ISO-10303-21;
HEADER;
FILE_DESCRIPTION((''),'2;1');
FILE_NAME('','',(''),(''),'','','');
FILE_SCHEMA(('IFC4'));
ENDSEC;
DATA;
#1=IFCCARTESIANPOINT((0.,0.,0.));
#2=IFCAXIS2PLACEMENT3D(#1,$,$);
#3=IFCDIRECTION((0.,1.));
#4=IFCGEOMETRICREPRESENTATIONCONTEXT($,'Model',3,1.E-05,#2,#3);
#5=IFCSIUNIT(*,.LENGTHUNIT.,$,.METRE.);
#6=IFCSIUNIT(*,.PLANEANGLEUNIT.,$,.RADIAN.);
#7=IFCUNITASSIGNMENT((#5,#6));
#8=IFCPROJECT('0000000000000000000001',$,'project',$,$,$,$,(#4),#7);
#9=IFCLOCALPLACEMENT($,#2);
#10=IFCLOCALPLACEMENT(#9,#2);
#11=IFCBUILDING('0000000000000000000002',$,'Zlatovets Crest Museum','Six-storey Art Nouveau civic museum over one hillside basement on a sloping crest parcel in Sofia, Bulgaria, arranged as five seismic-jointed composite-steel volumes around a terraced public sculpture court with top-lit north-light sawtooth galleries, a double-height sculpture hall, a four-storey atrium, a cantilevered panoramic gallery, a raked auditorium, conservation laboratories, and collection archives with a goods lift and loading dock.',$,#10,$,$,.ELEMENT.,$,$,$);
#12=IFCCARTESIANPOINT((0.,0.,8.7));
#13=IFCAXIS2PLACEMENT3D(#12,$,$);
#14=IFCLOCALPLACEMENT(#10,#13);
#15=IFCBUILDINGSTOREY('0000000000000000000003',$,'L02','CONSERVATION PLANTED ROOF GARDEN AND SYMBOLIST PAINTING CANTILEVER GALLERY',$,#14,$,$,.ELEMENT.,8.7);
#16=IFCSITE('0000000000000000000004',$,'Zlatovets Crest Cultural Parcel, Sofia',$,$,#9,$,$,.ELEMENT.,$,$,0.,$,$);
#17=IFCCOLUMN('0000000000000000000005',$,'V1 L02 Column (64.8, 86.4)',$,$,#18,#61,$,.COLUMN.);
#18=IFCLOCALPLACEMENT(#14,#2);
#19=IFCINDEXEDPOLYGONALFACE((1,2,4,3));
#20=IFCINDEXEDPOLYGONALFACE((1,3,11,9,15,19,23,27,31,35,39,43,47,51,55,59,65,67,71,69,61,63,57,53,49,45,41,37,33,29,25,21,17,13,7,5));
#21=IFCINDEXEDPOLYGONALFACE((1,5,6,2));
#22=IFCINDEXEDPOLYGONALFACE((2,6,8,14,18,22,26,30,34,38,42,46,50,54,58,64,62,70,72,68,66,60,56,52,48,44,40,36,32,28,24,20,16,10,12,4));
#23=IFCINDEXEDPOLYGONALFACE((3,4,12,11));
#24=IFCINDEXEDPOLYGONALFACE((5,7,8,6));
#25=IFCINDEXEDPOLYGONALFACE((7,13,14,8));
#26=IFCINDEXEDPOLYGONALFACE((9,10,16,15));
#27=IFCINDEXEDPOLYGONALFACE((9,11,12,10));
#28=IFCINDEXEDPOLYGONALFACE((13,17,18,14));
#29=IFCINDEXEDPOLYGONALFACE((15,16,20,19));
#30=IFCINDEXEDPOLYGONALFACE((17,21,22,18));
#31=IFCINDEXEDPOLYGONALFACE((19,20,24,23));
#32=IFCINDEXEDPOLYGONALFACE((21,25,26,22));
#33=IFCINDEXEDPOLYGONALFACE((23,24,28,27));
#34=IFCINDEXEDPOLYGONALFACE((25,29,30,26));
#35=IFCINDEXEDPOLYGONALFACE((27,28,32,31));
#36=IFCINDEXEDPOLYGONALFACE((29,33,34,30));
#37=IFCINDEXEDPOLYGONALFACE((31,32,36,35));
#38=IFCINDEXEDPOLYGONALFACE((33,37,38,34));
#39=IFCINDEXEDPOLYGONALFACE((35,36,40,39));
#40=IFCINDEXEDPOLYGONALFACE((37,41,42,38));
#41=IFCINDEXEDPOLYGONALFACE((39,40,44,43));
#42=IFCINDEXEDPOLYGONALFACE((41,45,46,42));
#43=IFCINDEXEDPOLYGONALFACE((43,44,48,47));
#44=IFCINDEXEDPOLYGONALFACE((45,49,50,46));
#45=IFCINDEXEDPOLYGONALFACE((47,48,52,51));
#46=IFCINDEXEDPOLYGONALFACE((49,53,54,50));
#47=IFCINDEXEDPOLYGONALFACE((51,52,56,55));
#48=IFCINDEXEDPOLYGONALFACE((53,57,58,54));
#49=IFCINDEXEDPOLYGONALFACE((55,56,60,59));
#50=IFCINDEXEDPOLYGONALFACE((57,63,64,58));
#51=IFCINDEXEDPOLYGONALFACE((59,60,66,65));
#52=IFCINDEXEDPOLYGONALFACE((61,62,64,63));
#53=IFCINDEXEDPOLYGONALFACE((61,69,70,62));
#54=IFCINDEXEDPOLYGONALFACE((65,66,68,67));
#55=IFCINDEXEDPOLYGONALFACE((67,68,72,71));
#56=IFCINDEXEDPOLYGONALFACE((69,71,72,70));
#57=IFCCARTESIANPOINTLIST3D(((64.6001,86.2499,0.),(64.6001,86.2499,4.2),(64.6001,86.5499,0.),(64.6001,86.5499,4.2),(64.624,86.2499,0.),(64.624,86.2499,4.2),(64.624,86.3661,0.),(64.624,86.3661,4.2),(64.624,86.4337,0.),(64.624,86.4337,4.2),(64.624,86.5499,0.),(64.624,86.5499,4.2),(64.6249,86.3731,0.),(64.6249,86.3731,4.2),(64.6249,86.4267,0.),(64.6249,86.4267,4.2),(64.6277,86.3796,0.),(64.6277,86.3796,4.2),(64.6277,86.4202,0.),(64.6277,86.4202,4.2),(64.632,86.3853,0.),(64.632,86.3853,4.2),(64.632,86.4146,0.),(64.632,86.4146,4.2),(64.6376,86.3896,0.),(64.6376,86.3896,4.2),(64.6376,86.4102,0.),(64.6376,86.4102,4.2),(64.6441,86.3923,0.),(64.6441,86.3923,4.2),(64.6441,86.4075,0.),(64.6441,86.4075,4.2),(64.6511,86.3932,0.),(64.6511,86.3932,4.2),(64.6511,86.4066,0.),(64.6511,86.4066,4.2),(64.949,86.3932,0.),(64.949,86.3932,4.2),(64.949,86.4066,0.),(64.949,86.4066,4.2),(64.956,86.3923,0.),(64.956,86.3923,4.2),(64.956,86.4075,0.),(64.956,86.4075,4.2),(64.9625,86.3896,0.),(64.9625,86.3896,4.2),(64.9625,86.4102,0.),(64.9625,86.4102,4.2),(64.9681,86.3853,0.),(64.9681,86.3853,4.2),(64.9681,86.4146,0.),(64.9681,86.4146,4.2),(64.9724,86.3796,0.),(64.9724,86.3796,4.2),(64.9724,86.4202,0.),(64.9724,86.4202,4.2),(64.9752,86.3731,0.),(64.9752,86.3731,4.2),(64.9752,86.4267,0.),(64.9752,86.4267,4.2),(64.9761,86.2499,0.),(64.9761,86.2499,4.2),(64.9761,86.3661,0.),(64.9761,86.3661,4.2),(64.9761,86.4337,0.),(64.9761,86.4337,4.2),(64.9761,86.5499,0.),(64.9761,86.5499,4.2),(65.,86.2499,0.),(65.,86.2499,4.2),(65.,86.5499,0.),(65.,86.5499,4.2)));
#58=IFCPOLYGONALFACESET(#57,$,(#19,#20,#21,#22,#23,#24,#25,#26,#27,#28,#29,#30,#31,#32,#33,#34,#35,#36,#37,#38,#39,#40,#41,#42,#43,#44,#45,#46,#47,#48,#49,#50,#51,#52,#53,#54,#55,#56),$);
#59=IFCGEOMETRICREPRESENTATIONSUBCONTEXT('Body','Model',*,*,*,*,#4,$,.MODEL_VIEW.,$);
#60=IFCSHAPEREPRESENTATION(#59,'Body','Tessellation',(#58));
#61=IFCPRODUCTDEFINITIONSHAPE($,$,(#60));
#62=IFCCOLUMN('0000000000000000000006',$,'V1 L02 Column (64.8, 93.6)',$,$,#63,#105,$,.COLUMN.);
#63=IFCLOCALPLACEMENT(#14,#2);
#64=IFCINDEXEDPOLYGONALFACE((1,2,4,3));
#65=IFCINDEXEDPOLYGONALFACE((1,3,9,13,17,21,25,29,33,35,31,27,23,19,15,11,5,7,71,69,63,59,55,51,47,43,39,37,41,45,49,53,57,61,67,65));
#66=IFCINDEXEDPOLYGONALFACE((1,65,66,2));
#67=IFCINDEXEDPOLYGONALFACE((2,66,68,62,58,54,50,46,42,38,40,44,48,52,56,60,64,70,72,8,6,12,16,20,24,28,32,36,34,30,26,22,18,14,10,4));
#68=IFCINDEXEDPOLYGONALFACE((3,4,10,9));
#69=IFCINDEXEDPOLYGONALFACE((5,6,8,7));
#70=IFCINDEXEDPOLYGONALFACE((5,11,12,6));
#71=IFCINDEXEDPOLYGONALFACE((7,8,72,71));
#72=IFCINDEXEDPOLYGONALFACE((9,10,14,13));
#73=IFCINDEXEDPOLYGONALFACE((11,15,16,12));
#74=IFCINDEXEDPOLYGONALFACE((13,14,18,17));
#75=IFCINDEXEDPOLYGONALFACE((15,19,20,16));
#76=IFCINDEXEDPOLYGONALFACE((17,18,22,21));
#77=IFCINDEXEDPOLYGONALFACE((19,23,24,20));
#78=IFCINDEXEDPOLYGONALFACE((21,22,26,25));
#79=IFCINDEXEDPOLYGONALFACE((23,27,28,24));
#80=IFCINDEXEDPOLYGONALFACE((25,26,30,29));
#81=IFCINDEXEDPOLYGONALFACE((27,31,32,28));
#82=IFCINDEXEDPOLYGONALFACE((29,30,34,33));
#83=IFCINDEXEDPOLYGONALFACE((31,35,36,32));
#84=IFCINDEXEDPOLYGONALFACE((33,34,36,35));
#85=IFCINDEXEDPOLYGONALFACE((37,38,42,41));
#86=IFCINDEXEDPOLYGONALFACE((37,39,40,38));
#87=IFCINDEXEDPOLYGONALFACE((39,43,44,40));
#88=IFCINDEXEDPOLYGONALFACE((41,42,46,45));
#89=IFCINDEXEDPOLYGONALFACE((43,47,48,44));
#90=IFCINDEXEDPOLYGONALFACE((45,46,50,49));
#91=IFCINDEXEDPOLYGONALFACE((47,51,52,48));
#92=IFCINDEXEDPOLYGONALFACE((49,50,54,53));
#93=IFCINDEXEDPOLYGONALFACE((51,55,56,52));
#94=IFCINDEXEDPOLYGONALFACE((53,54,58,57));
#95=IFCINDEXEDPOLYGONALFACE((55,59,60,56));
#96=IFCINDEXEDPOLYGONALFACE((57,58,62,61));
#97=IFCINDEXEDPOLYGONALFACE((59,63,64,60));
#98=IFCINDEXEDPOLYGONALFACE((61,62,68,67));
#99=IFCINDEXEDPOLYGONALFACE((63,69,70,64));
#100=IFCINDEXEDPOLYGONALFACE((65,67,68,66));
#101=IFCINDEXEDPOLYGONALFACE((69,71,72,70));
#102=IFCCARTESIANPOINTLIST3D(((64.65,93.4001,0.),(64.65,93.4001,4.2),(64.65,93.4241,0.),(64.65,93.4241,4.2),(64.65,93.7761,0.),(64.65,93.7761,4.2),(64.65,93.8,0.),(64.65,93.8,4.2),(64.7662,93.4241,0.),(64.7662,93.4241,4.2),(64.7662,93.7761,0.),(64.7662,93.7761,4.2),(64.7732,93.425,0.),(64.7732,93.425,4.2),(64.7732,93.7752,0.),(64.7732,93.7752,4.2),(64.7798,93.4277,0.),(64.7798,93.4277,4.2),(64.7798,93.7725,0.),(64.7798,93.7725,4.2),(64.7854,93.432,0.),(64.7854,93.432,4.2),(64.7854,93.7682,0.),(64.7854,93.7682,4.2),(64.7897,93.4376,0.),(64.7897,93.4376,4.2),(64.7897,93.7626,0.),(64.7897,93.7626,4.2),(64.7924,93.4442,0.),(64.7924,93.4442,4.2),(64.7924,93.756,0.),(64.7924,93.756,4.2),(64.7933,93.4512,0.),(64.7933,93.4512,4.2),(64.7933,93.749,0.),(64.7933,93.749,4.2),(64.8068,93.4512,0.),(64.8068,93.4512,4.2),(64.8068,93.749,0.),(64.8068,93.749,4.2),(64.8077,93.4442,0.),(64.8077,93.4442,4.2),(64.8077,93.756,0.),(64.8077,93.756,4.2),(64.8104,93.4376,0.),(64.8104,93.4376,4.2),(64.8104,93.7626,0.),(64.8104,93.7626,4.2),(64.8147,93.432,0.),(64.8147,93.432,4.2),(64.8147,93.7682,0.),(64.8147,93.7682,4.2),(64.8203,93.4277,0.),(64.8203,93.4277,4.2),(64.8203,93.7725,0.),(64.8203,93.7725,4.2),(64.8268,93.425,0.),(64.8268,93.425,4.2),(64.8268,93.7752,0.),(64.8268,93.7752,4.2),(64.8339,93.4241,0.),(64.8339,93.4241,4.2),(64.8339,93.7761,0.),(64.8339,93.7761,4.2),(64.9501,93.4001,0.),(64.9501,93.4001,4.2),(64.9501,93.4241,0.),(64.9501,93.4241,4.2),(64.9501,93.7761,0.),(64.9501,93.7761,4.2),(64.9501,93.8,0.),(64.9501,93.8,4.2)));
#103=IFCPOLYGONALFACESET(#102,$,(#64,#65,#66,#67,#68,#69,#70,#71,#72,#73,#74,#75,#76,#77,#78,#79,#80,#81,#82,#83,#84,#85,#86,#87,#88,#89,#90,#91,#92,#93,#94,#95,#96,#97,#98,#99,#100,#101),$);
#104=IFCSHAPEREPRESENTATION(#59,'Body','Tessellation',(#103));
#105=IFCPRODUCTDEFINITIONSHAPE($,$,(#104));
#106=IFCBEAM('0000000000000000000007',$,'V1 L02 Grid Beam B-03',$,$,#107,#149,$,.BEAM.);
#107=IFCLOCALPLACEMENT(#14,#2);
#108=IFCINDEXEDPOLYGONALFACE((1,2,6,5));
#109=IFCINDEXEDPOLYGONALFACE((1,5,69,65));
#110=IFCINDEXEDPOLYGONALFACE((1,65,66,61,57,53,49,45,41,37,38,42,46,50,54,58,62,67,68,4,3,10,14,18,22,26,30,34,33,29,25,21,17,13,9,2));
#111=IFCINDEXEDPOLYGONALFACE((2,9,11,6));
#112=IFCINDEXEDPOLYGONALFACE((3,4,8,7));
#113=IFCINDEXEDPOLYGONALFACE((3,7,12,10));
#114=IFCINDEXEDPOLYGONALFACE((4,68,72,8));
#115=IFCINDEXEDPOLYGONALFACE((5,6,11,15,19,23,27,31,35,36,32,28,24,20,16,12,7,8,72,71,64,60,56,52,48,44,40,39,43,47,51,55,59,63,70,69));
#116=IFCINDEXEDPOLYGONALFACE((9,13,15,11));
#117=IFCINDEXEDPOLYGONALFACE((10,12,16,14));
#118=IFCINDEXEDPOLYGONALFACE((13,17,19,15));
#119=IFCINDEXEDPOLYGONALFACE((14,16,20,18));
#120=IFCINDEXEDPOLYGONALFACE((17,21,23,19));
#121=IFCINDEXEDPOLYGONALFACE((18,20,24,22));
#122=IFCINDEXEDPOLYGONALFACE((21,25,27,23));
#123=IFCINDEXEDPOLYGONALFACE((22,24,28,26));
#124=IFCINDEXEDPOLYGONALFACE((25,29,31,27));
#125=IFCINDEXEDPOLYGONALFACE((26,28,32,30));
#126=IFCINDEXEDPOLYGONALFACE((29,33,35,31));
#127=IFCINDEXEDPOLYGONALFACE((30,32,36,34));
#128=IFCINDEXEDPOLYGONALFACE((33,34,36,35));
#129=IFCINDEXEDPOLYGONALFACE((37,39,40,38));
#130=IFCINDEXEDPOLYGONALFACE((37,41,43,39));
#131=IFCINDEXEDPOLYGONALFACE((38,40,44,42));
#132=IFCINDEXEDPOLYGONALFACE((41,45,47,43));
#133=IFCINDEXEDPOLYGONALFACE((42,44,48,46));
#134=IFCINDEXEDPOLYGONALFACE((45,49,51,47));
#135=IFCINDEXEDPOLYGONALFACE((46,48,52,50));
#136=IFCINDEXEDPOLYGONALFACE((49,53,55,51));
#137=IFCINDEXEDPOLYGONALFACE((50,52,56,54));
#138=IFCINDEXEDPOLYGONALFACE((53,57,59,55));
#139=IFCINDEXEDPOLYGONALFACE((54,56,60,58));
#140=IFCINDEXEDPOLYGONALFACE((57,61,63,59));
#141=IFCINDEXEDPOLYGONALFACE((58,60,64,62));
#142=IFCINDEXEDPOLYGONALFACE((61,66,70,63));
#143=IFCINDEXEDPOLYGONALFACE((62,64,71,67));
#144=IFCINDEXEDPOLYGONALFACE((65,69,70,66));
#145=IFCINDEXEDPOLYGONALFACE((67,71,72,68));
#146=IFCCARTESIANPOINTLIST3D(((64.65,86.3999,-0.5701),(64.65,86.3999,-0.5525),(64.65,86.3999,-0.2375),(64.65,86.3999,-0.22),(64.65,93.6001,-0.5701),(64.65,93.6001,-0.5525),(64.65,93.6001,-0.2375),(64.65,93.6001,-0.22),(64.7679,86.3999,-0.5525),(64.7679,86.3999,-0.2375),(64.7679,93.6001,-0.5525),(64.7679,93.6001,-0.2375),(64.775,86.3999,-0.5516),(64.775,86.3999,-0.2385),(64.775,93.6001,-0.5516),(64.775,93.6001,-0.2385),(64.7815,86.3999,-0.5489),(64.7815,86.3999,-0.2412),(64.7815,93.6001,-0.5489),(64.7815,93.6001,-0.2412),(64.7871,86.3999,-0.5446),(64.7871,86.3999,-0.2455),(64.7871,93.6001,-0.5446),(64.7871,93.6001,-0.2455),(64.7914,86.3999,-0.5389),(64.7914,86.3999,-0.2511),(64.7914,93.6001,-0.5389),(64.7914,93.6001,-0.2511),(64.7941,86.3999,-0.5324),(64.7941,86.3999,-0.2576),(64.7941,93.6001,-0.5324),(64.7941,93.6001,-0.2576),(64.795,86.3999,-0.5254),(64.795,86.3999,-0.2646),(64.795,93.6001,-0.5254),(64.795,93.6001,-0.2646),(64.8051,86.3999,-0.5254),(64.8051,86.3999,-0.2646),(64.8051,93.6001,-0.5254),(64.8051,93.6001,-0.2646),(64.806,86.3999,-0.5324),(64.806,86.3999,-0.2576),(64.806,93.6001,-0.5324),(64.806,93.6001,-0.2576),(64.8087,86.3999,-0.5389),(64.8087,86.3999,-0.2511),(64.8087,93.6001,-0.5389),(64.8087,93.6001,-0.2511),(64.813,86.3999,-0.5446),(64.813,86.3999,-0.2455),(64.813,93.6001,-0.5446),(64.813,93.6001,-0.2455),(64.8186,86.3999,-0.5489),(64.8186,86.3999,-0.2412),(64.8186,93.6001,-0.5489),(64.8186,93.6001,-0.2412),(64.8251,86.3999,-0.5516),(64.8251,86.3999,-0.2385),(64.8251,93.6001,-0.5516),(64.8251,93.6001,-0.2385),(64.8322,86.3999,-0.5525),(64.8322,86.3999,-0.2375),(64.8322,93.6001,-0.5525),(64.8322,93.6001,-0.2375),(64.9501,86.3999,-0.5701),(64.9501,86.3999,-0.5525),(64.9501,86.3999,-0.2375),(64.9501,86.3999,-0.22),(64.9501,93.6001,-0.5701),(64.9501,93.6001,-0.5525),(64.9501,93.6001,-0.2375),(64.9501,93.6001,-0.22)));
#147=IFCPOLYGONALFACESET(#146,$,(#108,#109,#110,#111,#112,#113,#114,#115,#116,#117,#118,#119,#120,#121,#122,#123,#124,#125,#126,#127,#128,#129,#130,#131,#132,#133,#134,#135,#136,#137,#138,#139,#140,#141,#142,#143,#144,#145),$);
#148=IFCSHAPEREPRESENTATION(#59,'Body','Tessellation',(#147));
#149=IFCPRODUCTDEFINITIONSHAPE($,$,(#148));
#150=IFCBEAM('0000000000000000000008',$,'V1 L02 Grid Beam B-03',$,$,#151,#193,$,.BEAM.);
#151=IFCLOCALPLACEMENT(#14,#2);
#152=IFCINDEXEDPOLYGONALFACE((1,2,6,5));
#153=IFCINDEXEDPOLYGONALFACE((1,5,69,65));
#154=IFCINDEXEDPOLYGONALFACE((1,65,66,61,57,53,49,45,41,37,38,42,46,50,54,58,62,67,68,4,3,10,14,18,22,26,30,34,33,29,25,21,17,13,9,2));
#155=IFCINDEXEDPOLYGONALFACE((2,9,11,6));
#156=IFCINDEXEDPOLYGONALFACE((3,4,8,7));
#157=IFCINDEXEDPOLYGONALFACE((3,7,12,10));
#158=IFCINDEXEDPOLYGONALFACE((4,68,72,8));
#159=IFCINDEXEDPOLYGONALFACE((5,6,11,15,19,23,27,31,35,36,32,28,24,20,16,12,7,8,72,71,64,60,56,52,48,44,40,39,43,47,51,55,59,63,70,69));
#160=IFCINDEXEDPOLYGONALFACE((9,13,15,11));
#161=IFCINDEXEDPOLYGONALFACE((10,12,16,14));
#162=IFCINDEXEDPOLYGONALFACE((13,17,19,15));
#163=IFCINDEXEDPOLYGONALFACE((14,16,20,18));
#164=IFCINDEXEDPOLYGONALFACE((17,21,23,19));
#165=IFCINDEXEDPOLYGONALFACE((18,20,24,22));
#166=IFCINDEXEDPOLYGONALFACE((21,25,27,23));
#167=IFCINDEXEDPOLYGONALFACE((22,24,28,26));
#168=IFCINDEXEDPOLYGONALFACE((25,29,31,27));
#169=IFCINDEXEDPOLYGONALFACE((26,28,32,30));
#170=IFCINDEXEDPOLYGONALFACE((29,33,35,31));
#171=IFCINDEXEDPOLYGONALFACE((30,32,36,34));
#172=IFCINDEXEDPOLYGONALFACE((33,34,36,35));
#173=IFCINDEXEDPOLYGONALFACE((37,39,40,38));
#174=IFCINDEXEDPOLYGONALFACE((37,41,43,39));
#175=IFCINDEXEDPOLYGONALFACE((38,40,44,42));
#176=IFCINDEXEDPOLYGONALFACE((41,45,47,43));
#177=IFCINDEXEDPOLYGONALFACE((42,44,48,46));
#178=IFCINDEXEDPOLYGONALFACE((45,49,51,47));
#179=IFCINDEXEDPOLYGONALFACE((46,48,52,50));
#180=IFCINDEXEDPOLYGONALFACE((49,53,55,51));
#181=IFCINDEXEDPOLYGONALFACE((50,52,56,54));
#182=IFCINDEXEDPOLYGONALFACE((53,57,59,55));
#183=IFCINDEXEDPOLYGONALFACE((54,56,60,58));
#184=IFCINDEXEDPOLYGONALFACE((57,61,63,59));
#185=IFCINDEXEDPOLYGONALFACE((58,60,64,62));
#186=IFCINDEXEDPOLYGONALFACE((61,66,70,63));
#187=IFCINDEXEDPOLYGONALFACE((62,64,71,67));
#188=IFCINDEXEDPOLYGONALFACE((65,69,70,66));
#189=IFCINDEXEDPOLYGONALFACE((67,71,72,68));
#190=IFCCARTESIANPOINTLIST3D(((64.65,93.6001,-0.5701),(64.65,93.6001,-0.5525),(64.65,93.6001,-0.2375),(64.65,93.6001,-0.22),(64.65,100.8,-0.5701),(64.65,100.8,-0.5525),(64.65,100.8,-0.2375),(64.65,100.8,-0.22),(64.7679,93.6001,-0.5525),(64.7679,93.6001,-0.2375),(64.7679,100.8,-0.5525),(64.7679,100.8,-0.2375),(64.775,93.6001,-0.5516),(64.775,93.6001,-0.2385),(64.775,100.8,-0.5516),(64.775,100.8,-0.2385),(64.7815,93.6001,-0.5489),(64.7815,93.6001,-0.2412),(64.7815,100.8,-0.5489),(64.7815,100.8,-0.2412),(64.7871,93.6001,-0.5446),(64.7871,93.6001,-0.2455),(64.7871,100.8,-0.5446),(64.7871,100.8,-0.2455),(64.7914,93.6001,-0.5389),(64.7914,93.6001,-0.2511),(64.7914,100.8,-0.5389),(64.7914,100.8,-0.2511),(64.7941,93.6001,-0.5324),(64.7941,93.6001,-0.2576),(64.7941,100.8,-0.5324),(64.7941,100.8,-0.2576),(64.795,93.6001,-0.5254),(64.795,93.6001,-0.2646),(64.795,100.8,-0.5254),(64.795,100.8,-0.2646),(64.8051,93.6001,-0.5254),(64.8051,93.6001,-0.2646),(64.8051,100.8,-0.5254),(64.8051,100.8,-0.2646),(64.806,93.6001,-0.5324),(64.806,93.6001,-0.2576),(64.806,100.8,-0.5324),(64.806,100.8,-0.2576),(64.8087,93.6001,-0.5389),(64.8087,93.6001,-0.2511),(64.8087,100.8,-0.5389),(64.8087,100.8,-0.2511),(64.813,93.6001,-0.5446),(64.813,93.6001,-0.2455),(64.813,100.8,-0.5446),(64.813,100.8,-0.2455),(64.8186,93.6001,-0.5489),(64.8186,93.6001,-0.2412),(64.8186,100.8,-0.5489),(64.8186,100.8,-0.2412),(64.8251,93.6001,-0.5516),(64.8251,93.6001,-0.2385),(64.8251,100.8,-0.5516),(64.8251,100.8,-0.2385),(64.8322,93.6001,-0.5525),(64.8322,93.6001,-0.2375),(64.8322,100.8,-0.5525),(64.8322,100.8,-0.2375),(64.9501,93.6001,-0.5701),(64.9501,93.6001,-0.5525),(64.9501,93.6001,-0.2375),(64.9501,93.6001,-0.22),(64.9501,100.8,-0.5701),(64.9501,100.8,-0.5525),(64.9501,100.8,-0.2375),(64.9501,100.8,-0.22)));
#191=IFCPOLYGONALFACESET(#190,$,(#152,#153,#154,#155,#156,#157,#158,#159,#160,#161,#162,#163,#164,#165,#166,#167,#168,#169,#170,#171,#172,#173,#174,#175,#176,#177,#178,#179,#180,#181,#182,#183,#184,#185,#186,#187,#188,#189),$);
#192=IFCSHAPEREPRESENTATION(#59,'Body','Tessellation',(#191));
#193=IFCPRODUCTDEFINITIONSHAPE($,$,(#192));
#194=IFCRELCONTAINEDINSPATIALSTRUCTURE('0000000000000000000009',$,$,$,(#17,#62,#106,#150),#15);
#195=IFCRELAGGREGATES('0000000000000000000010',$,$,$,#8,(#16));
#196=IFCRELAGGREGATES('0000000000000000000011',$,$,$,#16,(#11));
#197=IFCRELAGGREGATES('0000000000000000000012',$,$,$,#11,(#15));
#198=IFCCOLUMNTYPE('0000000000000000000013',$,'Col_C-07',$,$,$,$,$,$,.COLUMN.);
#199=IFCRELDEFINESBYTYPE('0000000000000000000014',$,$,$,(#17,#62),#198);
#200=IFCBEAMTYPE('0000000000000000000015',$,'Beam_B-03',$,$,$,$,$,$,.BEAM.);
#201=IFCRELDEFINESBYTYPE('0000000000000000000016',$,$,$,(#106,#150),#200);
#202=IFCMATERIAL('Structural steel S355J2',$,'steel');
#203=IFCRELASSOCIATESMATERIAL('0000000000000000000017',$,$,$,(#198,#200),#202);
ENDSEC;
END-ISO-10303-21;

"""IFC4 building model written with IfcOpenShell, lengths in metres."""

from ifc_helpers import new_model, si_unit, direction, frame, origin, origin_2d, place, context, subcontext, project, spatial, i_section, extrude, material, material_profile, profile_set, type_object, element, save


model = new_model("IFC4")

# Units and contexts
model_context = context("Model", 3, precision=1e-05, world=origin(), true_north=direction((0.0, 1.0)))
body_context = subcontext(model_context, "Body", "Model", "MODEL_VIEW")
ifc_project = project(units=[si_unit("LENGTHUNIT", "METRE"), si_unit("PLANEANGLEUNIT", "RADIAN")], contexts=[model_context])

# Site, building, storey
site_placement = place(None, origin())
site = spatial("IfcSite", under=ifc_project, at=site_placement, Name="Zlatovets Crest Cultural Parcel, Sofia", CompositionType="ELEMENT", RefElevation=0.0)
building_placement = place(site_placement, origin())
building = spatial("IfcBuilding", under=site, at=building_placement, Name="Zlatovets Crest Museum", Description="Six-storey Art Nouveau civic museum over one hillside basement on a sloping crest parcel in Sofia, Bulgaria, arranged as five seismic-jointed composite-steel volumes around a terraced public sculpture court with top-lit north-light sawtooth galleries, a double-height sculpture hall, a four-storey atrium, a cantilevered panoramic gallery, a raked auditorium, conservation laboratories, and collection archives with a goods lift and loading dock.", CompositionType="ELEMENT")
storey_placement = place(building_placement, frame((0.0, 0.0, 8.7)))
storey = spatial("IfcBuildingStorey", under=building, at=storey_placement, Name="L02", Description="CONSERVATION PLANTED ROOF GARDEN AND SYMBOLIST PAINTING CANTILEVER GALLERY", CompositionType="ELEMENT", Elevation=8.7)

# Columns
ifc_material_1 = material(Name="Structural steel S355J2", Category="steel")
ifc_material_profile_1 = material_profile(ifc_material_1, i_section(OverallWidth=0.3, OverallDepth=0.3999, WebThickness=0.0134, FlangeThickness=0.0239, FilletRadius=0.0271, at=origin_2d()), Name="HEB 400")
ifc_profile_set_1 = profile_set([ifc_material_profile_1], Name="Structural steel S355J2")
column_type = type_object("IfcColumnType", Name="Col_C-07", PredefinedType="COLUMN", material=ifc_profile_set_1)
for number, where, z_axis, x_axis, name in (
    (1, (64.8, 86.3999, 0.0), (0.0, 0.0, 1.0), (0.0, 1.0, 0.0), "V1 L02 Column (64.8, 86.4)"),
    (2, (64.8, 93.6001, 0.0), (0.0, 0.0, 1.0), (1.0, 0.0, 0.0), "V1 L02 Column (64.8, 93.6)"),
):
    element("IfcColumn", number, at=place(storey_placement, frame(where, z_axis=z_axis, x_axis=x_axis)), inside=storey, type_object=column_type, Name=name, PredefinedType="COLUMN", context=body_context, shape_type="SweptSolid", body=[
        extrude(i_section(OverallWidth=0.3, OverallDepth=0.3999, WebThickness=0.0134, FlangeThickness=0.0239, FilletRadius=0.0271, at=origin_2d()), origin(), (0.0, 0.0, 1.0), 4.2),
    ])

# Beams
ifc_material_profile_2 = material_profile(ifc_material_1, i_section(OverallWidth=0.3, OverallDepth=0.3501, WebThickness=0.01, FlangeThickness=0.0176, FilletRadius=0.0271, at=origin_2d()), Name="HEA 360")
ifc_profile_set_2 = profile_set([ifc_material_profile_2], Name="Structural steel S355J2")
beam_type_1 = type_object("IfcBeamType", Name="Beam_B-03", PredefinedType="BEAM", material=ifc_profile_set_2)
beam_1_placement = place(storey_placement, frame((64.8, 86.3999, -0.395), z_axis=(0.0, 1.0, 0.0), x_axis=(-1.0, 0.0, 0.0)))
element("IfcBeam", 3, at=beam_1_placement, inside=storey, type_object=beam_type_1, Name="V1 L02 Grid Beam B-03", PredefinedType="BEAM", context=body_context, shape_type="SweptSolid", body=[
    extrude(i_section(OverallWidth=0.3, OverallDepth=0.3501, WebThickness=0.01, FlangeThickness=0.0176, FilletRadius=0.0271, at=origin_2d()), origin(), (0.0, 0.0, 1.0), 7.2002),
])
beam_2_placement = place(storey_placement, frame((64.8, 93.6001, -0.395), z_axis=(0.0, 1.0, 0.0), x_axis=(-1.0, 0.0, 0.0)))
element("IfcBeam", 4, at=beam_2_placement, inside=storey, type_object=beam_type_1, Name="V1 L02 Grid Beam B-03", PredefinedType="BEAM", context=body_context, shape_type="SweptSolid", body=[
    extrude(i_section(OverallWidth=0.3, OverallDepth=0.3501, WebThickness=0.01, FlangeThickness=0.0176, FilletRadius=0.0271, at=origin_2d()), origin(), (0.0, 0.0, 1.0), 7.2),
])

save(model, "model.ifc")
